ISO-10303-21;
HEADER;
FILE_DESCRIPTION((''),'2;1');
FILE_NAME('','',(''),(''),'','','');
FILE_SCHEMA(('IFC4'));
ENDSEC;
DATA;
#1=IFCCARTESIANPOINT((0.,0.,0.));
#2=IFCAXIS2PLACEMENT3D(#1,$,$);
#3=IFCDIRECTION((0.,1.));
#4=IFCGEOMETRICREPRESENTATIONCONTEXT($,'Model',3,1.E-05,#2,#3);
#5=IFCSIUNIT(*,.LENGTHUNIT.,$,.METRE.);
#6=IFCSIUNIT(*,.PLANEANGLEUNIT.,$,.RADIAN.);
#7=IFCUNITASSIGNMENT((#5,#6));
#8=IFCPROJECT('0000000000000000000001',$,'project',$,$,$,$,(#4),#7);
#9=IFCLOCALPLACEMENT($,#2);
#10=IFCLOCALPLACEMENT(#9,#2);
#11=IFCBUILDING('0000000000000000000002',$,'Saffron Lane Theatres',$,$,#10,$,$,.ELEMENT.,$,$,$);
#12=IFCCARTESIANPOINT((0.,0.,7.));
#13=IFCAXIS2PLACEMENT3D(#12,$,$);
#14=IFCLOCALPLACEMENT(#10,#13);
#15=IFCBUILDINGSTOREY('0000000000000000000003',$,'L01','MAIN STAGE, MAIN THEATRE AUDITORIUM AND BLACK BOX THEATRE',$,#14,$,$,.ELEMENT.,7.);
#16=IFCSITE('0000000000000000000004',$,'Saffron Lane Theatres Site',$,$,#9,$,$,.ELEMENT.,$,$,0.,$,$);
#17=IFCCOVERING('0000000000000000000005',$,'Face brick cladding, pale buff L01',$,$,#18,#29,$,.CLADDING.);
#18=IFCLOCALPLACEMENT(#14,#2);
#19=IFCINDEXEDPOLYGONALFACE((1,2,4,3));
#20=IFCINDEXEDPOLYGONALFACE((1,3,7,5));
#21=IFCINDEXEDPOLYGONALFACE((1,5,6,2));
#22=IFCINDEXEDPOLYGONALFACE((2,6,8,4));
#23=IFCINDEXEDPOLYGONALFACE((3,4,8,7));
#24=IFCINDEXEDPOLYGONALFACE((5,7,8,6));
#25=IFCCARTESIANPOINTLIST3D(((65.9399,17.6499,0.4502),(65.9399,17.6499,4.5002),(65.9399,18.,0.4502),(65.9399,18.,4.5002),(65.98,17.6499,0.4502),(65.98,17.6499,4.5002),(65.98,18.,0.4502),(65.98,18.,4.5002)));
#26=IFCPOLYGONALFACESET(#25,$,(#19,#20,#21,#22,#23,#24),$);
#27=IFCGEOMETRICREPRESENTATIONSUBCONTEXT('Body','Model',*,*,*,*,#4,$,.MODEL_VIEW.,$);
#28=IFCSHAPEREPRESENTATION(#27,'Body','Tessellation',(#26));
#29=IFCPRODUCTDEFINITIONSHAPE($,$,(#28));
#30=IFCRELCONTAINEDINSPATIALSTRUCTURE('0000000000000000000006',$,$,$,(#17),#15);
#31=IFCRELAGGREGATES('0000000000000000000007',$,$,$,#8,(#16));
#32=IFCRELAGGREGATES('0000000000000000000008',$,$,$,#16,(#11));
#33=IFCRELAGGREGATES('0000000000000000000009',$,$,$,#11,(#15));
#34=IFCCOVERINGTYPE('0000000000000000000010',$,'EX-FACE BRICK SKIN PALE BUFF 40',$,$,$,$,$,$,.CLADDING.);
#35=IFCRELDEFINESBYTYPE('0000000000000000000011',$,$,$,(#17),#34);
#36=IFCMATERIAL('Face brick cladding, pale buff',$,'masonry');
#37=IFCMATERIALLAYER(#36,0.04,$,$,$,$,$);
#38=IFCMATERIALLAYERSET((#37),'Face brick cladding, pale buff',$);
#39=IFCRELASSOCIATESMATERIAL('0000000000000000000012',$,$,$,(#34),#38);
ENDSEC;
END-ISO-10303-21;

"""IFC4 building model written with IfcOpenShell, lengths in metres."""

from ifc_helpers import new_model, si_unit, direction, frame, origin, origin_2d, place, context, subcontext, project, spatial, rectangle, extrude, material, layer, layer_set, type_object, element, save


model = new_model("IFC4")

# Units and contexts
model_context = context("Model", 3, precision=1e-05, world=origin(), true_north=direction((0.0, 1.0)))
body_context = subcontext(model_context, "Body", "Model", "MODEL_VIEW")
ifc_project = project(units=[si_unit("LENGTHUNIT", "METRE"), si_unit("PLANEANGLEUNIT", "RADIAN")], contexts=[model_context])

# Site, building, storey
site_placement = place(None, origin())
site = spatial("IfcSite", under=ifc_project, at=site_placement, Name="Saffron Lane Theatres Site", CompositionType="ELEMENT", RefElevation=0.0)
building_placement = place(site_placement, origin())
building = spatial("IfcBuilding", under=site, at=building_placement, Name="Saffron Lane Theatres", CompositionType="ELEMENT")
storey_placement = place(building_placement, frame((0.0, 0.0, 7.0)))
storey = spatial("IfcBuildingStorey", under=building, at=storey_placement, Name="L01", Description="MAIN STAGE, MAIN THEATRE AUDITORIUM AND BLACK BOX THEATRE", CompositionType="ELEMENT", Elevation=7.0)

# Covering
ifc_material_1 = material(Name="Face brick cladding, pale buff", Category="masonry")
ifc_layer_1 = layer(ifc_material_1, 0.04)
ifc_layer_set_1 = layer_set([ifc_layer_1], Name="Face brick cladding, pale buff")
covering_type_1 = type_object("IfcCoveringType", Name="EX-FACE BRICK SKIN PALE BUFF 40", PredefinedType="CLADDING", material=ifc_layer_set_1)
covering_1_placement = place(storey_placement, frame((65.96, 17.825, 0.4502), z_axis=(0.0, 0.0, 1.0), x_axis=(0.0, 1.0, 0.0)))
element("IfcCovering", 1, at=covering_1_placement, inside=storey, type_object=covering_type_1, Name="Face brick cladding, pale buff L01", PredefinedType="CLADDING", context=body_context, shape_type="SweptSolid", body=[
    extrude(rectangle(XDim=0.3501, YDim=0.04, at=origin_2d()), origin(), (0.0, 0.0, 1.0), 4.05),
])

save(model, "model.ifc")
